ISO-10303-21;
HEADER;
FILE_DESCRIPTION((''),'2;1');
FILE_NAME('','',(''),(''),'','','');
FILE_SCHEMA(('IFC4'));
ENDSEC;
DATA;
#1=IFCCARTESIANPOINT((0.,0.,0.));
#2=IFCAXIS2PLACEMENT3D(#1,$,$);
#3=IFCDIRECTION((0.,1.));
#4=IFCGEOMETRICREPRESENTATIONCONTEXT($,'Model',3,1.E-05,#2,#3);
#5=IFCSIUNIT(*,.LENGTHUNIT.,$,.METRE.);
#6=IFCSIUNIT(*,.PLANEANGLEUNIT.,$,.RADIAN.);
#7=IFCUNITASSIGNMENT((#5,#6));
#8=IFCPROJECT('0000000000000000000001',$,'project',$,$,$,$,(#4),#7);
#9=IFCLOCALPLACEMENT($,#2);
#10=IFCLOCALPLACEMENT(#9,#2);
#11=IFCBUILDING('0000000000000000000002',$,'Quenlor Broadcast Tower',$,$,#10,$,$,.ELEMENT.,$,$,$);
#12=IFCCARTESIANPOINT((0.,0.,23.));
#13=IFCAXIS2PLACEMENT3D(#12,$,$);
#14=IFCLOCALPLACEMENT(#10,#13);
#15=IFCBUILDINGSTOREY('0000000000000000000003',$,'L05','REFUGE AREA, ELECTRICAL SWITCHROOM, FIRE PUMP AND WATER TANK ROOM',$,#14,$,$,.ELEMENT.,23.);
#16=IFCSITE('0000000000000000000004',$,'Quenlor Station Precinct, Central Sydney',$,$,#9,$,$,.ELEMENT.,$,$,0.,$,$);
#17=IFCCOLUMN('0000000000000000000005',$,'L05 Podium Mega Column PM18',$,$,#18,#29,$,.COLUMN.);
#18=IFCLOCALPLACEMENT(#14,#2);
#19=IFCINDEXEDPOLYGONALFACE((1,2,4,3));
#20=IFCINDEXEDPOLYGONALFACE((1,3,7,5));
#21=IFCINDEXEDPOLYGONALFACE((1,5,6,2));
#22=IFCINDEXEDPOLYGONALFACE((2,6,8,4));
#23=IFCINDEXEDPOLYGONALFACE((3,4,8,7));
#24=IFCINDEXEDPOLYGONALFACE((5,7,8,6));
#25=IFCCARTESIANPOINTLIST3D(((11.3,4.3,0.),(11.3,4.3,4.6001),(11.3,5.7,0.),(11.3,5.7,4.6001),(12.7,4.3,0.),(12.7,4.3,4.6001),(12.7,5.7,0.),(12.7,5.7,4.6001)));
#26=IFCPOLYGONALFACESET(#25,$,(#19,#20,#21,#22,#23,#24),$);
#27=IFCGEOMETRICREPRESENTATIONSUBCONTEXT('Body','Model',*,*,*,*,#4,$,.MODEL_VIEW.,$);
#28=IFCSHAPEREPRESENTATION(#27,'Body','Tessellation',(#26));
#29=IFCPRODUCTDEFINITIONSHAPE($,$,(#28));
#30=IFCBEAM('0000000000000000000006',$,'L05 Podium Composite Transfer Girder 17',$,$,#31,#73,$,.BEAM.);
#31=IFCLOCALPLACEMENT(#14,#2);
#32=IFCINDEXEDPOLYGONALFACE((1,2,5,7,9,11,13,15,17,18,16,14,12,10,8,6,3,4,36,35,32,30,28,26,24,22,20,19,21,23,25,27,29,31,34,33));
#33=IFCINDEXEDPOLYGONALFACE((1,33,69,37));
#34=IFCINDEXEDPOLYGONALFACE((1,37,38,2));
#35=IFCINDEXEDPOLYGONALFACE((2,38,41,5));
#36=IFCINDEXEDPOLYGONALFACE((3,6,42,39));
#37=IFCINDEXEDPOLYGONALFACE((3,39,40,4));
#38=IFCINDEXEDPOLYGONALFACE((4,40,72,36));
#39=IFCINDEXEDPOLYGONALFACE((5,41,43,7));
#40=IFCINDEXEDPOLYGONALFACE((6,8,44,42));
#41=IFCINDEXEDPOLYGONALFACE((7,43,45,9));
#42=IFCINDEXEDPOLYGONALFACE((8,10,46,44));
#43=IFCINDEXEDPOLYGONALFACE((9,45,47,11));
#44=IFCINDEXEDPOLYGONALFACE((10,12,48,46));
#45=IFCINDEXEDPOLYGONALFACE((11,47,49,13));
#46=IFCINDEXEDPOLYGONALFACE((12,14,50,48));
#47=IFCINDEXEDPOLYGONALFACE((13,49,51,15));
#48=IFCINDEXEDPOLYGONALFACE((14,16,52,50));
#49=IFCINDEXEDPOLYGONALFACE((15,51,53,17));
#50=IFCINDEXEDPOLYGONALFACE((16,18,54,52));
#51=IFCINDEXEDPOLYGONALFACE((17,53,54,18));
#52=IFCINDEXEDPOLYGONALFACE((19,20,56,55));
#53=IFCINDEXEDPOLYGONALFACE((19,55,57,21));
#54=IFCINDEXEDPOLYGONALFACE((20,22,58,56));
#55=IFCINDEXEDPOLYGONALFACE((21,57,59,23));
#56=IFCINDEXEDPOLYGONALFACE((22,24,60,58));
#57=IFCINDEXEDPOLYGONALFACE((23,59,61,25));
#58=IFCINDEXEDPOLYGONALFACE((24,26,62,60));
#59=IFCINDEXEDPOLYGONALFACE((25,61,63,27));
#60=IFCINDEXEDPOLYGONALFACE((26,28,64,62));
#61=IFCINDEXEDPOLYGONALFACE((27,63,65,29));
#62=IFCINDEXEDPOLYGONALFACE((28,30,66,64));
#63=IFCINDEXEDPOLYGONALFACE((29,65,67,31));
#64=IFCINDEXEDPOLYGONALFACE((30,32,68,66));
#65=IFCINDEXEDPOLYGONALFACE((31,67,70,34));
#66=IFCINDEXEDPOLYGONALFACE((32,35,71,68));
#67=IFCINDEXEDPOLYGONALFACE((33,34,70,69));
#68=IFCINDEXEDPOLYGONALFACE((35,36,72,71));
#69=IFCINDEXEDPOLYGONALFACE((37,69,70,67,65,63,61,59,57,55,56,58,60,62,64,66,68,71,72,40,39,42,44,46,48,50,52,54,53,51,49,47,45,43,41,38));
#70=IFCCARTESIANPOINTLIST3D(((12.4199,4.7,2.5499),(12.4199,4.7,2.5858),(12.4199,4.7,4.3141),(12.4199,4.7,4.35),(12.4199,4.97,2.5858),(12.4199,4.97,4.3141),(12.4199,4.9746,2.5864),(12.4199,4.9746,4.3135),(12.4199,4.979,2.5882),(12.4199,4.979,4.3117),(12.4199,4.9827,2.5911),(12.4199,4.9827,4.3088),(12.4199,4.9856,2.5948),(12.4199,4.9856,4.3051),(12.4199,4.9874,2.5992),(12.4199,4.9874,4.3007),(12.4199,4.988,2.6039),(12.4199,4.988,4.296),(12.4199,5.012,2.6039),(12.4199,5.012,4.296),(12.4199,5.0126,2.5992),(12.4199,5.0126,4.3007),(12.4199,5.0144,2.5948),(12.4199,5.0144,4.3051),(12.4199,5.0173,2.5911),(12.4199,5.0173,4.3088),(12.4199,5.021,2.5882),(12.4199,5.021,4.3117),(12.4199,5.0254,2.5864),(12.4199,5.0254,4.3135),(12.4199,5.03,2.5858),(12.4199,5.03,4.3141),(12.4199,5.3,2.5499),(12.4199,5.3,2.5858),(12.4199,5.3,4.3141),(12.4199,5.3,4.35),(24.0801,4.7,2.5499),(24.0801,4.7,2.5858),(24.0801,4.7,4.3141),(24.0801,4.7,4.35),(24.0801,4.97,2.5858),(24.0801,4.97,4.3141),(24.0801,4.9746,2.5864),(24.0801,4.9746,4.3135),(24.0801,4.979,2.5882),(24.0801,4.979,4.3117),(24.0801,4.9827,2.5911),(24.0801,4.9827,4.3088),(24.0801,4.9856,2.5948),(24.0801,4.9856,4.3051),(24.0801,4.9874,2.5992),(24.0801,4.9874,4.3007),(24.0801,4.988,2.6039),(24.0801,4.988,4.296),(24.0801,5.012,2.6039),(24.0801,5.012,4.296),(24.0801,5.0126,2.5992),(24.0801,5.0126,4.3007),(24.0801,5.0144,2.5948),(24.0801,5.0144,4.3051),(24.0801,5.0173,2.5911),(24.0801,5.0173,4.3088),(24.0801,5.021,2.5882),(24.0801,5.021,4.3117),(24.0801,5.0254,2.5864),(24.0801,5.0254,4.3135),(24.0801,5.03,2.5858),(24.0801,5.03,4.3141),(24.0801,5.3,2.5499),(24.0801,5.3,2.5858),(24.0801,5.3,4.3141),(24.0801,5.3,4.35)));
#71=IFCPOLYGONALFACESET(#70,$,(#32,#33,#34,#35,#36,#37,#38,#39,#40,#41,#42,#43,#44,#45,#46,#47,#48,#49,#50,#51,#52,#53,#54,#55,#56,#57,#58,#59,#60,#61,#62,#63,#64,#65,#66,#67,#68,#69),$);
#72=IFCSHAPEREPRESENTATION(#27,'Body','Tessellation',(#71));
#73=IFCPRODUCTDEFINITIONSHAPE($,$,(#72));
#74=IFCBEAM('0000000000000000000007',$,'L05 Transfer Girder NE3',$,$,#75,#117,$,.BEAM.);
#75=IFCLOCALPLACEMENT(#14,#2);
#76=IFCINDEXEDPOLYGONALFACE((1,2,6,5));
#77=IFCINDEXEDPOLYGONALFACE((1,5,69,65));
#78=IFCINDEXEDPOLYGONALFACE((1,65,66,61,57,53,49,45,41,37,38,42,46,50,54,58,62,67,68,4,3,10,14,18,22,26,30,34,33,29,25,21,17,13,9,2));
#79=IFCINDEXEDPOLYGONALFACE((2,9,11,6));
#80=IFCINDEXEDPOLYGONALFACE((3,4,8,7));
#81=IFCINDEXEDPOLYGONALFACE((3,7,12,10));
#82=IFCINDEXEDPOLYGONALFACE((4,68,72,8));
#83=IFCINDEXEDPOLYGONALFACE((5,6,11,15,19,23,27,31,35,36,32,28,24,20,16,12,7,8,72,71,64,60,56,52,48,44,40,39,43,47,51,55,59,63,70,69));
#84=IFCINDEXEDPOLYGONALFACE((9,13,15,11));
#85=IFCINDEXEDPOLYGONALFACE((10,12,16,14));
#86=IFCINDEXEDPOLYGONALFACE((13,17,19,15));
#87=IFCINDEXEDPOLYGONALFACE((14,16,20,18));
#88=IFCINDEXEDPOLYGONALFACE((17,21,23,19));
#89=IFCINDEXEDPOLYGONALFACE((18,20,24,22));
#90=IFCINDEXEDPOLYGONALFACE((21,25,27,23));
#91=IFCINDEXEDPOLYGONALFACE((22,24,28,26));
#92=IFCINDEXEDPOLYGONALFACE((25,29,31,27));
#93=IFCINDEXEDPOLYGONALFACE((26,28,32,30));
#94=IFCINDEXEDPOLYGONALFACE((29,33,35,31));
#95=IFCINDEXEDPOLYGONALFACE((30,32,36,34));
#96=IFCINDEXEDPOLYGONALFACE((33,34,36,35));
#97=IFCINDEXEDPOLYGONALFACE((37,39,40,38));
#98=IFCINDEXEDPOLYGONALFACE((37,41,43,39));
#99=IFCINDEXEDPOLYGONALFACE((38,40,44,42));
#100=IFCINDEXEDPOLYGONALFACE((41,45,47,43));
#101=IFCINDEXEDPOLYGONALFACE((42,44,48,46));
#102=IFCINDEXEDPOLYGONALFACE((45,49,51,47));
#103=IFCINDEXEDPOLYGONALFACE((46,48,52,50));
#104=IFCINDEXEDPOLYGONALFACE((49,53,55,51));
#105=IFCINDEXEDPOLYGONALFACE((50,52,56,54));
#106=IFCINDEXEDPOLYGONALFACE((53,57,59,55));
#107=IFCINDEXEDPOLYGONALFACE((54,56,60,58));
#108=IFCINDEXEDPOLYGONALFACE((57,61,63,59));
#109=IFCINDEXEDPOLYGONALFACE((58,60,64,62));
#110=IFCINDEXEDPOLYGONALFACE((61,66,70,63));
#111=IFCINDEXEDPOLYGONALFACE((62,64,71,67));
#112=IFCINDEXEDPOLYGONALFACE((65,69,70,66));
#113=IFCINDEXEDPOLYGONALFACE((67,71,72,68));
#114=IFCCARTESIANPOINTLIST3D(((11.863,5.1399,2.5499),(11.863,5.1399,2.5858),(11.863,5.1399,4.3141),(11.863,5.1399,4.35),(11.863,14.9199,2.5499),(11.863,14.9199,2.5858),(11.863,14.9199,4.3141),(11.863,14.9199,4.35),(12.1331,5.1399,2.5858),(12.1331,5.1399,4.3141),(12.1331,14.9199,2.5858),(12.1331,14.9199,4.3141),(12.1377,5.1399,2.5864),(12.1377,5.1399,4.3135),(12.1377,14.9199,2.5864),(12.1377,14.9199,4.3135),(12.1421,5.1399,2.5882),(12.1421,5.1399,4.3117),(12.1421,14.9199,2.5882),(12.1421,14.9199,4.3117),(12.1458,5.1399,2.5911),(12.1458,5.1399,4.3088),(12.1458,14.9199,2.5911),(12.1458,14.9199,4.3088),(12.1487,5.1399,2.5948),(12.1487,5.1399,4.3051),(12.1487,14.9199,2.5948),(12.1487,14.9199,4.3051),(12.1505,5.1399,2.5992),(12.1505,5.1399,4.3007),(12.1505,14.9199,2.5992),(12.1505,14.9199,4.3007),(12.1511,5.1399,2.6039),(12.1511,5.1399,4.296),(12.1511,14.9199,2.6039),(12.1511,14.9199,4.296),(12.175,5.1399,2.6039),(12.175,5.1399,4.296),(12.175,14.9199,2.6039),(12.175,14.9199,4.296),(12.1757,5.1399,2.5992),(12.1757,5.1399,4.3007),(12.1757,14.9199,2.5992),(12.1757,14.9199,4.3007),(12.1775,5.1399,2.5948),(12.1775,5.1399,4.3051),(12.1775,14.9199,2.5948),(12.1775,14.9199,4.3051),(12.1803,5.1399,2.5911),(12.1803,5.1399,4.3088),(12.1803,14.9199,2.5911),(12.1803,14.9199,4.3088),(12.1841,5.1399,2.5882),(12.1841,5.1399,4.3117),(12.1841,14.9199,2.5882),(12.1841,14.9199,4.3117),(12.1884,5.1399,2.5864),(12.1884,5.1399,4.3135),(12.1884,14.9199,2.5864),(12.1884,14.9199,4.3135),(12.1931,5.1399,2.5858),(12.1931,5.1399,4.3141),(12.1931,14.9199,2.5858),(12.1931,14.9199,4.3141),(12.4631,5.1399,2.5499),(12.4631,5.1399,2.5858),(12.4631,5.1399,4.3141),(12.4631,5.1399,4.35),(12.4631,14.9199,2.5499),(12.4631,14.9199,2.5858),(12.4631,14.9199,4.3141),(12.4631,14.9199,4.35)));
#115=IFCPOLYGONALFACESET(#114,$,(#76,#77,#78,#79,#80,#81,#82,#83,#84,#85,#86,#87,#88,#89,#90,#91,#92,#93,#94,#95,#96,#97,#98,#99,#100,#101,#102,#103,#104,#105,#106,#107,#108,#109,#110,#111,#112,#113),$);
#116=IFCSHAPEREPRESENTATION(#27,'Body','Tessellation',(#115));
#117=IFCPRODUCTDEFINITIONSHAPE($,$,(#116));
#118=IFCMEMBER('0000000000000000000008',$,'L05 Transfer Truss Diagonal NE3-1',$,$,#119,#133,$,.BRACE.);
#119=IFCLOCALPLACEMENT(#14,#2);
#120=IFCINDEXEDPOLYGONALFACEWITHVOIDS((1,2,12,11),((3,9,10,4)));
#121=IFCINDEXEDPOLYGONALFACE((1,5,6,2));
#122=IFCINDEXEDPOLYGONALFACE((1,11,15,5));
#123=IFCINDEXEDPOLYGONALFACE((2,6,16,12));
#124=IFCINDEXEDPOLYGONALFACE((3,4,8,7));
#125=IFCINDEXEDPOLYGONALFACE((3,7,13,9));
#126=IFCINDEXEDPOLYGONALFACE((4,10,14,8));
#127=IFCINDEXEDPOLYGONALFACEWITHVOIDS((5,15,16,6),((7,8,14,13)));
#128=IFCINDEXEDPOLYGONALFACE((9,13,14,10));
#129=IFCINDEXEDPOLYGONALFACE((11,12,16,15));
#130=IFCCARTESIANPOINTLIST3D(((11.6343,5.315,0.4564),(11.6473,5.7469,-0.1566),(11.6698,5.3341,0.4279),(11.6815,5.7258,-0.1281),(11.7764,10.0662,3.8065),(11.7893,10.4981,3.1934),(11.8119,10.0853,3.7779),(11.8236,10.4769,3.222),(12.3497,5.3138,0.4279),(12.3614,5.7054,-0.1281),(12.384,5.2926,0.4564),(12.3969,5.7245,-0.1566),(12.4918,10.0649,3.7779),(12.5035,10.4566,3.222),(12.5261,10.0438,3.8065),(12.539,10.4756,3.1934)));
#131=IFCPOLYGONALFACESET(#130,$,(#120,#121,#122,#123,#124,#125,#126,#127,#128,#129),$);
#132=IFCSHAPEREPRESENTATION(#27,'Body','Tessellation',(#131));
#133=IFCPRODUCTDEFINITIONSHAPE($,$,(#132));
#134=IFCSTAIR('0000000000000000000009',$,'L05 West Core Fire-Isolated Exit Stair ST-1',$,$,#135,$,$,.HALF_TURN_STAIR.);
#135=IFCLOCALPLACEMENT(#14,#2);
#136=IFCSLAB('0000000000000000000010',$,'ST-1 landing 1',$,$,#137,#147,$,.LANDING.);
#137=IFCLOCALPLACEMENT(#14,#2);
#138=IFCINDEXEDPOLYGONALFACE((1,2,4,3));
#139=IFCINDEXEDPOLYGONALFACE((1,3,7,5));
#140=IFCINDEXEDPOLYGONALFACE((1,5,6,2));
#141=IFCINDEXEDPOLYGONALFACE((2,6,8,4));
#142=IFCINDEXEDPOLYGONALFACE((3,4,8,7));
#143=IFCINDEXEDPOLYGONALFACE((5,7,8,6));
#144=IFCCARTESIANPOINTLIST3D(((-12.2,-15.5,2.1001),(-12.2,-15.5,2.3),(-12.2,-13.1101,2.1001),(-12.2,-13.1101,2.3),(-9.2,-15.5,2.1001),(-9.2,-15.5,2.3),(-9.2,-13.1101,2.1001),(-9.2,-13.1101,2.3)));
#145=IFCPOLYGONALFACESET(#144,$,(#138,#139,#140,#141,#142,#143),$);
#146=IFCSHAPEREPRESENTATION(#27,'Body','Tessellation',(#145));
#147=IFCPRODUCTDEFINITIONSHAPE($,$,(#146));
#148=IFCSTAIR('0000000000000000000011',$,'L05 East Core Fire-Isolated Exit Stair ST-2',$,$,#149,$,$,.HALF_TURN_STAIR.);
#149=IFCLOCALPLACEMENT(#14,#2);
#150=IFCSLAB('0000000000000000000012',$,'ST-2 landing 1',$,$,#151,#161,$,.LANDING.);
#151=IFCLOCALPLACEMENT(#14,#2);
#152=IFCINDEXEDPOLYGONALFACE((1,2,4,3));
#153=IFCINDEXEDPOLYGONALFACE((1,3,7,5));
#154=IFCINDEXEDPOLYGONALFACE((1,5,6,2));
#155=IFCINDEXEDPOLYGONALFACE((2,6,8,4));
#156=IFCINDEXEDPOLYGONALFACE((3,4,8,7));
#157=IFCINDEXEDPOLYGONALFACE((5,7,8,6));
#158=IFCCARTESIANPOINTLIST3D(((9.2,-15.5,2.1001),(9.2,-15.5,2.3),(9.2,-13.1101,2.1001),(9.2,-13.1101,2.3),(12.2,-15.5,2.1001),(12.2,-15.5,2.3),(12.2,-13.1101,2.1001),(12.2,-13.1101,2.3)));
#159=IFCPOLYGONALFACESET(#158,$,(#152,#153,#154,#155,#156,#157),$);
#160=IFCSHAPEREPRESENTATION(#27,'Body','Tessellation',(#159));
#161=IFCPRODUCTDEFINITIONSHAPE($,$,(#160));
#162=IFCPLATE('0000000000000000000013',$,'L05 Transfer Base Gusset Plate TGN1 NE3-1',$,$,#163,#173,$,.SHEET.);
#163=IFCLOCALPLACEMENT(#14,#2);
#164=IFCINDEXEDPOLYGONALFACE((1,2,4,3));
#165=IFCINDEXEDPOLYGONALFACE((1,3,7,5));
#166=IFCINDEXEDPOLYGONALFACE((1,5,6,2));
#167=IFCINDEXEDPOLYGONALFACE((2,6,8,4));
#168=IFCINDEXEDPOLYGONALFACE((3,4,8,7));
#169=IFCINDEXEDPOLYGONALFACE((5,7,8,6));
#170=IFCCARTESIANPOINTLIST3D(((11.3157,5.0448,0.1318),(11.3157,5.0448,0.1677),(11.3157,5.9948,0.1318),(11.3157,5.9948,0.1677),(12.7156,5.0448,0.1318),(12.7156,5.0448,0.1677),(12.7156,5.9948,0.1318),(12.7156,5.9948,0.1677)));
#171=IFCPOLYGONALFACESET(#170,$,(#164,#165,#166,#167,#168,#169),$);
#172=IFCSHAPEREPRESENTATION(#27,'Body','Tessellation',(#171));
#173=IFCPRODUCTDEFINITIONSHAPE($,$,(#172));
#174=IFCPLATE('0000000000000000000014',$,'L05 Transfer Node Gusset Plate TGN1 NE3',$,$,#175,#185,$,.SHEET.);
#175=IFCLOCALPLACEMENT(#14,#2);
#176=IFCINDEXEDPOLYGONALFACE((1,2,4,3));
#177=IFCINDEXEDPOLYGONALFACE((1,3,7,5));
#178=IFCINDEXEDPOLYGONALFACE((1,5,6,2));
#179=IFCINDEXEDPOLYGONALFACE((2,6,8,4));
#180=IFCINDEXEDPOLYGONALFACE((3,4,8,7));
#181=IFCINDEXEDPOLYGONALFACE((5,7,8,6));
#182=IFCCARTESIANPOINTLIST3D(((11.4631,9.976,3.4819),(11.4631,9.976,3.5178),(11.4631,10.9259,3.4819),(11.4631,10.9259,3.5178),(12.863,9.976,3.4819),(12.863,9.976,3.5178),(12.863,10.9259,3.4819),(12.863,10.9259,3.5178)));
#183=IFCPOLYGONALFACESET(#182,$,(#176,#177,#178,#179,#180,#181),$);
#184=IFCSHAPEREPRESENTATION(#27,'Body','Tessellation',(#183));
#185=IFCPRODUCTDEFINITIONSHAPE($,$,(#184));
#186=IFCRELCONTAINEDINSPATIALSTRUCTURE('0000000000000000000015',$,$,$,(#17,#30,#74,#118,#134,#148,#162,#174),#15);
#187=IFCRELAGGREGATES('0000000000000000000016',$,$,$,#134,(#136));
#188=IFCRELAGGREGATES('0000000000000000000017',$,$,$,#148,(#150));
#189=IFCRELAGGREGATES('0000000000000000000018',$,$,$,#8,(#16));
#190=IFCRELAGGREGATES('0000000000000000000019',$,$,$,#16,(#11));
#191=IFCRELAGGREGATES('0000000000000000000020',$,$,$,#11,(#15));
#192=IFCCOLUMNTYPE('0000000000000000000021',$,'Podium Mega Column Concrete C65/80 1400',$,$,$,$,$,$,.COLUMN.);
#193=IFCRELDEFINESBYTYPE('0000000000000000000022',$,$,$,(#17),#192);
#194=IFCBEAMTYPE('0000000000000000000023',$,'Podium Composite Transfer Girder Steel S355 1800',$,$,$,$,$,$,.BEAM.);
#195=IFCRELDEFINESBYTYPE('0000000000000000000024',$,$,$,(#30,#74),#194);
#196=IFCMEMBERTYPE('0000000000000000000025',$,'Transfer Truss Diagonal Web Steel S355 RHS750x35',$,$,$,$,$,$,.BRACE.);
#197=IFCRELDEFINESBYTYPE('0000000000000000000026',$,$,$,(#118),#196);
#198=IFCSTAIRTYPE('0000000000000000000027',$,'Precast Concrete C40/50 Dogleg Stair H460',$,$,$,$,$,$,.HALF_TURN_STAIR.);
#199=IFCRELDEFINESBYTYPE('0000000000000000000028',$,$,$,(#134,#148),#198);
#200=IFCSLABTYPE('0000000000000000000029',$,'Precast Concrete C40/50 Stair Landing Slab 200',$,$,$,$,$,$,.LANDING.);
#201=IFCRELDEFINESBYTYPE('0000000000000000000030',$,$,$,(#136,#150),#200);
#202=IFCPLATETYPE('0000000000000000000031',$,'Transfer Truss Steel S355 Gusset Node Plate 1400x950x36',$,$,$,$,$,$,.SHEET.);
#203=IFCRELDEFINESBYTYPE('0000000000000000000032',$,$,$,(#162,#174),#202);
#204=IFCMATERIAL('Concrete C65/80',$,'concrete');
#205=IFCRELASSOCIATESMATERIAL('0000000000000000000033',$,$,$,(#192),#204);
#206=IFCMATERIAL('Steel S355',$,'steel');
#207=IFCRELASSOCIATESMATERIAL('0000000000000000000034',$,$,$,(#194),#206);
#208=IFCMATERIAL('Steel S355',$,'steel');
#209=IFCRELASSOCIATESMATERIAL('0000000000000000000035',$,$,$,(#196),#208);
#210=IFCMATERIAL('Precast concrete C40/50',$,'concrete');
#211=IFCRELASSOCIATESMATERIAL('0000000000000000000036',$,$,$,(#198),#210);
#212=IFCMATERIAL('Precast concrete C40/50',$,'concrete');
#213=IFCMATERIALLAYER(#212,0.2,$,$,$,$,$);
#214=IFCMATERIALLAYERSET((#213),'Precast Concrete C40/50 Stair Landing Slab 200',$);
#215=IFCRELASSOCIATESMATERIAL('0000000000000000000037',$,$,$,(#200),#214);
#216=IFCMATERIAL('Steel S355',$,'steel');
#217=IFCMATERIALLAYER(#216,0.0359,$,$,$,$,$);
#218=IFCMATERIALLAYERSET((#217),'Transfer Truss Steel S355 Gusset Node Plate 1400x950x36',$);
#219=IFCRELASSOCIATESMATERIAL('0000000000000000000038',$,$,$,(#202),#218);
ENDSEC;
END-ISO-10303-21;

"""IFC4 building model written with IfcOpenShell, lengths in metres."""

from ifc_helpers import new_model, si_unit, direction, frame, origin, origin_2d, place, context, subcontext, project, spatial, polyline, rectangle, hollow_rectangle, i_section, outline, extrude, material, layer, layer_set, material_profile, profile_set, type_object, element, aggregate, save


model = new_model("IFC4")

# Units and contexts
model_context = context("Model", 3, precision=1e-05, world=origin(), true_north=direction((0.0, 1.0)))
body_context = subcontext(model_context, "Body", "Model", "MODEL_VIEW")
ifc_project = project(units=[si_unit("LENGTHUNIT", "METRE"), si_unit("PLANEANGLEUNIT", "RADIAN")], contexts=[model_context])

# Site, building, storey
site_placement = place(None, origin())
site = spatial("IfcSite", under=ifc_project, at=site_placement, Name="Quenlor Station Precinct, Central Sydney", CompositionType="ELEMENT", RefElevation=0.0)
building_placement = place(site_placement, origin())
building = spatial("IfcBuilding", under=site, at=building_placement, Name="Quenlor Broadcast Tower", CompositionType="ELEMENT")
storey_placement = place(building_placement, frame((0.0, 0.0, 23.0)))
storey = spatial("IfcBuildingStorey", under=building, at=storey_placement, Name="L05", Description="REFUGE AREA, ELECTRICAL SWITCHROOM, FIRE PUMP AND WATER TANK ROOM", CompositionType="ELEMENT", Elevation=23.0)

# Column
ifc_material_1 = material(Name="Concrete C65/80", Category="concrete")
ifc_material_profile_1 = material_profile(ifc_material_1, rectangle(XDim=1.3999, YDim=1.3999, at=origin_2d()))
ifc_profile_set_1 = profile_set([ifc_material_profile_1], Name="Concrete C65/80 RC1400x1400")
column_type = type_object("IfcColumnType", Name="Podium Mega Column Concrete C65/80 1400", PredefinedType="COLUMN", material=ifc_profile_set_1)
column_placement = place(storey_placement, frame((12.0, 5.0, 0.0), z_axis=(0.0, 0.0, 1.0), x_axis=(1.0, 0.0, 0.0)))
element("IfcColumn", 1, at=column_placement, inside=storey, type_object=column_type, Name="L05 Podium Mega Column PM18", PredefinedType="COLUMN", context=body_context, shape_type="SweptSolid", body=[
    extrude(rectangle(XDim=1.3999, YDim=1.3999, at=origin_2d()), origin(), (0.0, 0.0, 1.0), 4.6001),
])

# Beams
ifc_material_2 = material(Name="Steel S355", Category="steel")
ifc_material_profile_2 = material_profile(ifc_material_2, i_section(OverallWidth=0.6001, OverallDepth=1.8, WebThickness=0.0239, FlangeThickness=0.0359, FilletRadius=0.0181, at=origin_2d()))
ifc_profile_set_2 = profile_set([ifc_material_profile_2], Name="Steel S355 1800TG620")
beam_type = type_object("IfcBeamType", Name="Podium Composite Transfer Girder Steel S355 1800", PredefinedType="BEAM", material=ifc_profile_set_2)
beam_1_placement = place(storey_placement, frame((12.4199, 5.0, 3.45), z_axis=(1.0, 0.0, 0.0), x_axis=(0.0, 1.0, 0.0)))
element("IfcBeam", 2, at=beam_1_placement, inside=storey, type_object=beam_type, Name="L05 Podium Composite Transfer Girder 17", PredefinedType="BEAM", context=body_context, shape_type="SweptSolid", body=[
    extrude(i_section(OverallWidth=0.6001, OverallDepth=1.8, WebThickness=0.0239, FlangeThickness=0.0359, FilletRadius=0.0181, at=origin_2d()), origin(), (0.0, 0.0, 1.0), 11.6602),
])
beam_2_placement = place(storey_placement, frame((12.1631, 5.1399, 3.45), z_axis=(0.0, 1.0, 0.0), x_axis=(-1.0, 0.0, 0.0)))
element("IfcBeam", 3, at=beam_2_placement, inside=storey, type_object=beam_type, Name="L05 Transfer Girder NE3", PredefinedType="BEAM", context=body_context, shape_type="SweptSolid", body=[
    extrude(i_section(OverallWidth=0.6001, OverallDepth=1.8, WebThickness=0.0239, FlangeThickness=0.0359, FilletRadius=0.0181, at=origin_2d()), origin(), (0.0, 0.0, 1.0), 9.78),
])

# Member
ifc_material_3 = material(Name="Steel S355", Category="steel")
ifc_material_profile_3 = material_profile(ifc_material_3, hollow_rectangle(XDim=0.75, YDim=0.75, WallThickness=0.0349, at=origin_2d()))
ifc_profile_set_3 = profile_set([ifc_material_profile_3], Name="Steel S355 RHS750x750x35")
member_type = type_object("IfcMemberType", Name="Transfer Truss Diagonal Web Steel S355 RHS750x35", PredefinedType="BRACE", material=ifc_profile_set_3)
member_placement = place(storey_placement, frame((12.0156, 5.5198, 0.1499), z_axis=(0.024434, 0.817024, 0.576086), x_axis=(-0.999553, 0.029893, 0.0)))
element("IfcMember", 4, at=member_placement, inside=storey, type_object=member_type, Name="L05 Transfer Truss Diagonal NE3-1", PredefinedType="BRACE", context=body_context, shape_type="SweptSolid", body=[
    extrude(hollow_rectangle(XDim=0.75, YDim=0.75, WallThickness=0.0349, at=origin_2d()), origin(), (0.0, 0.0, 1.0), 5.8152),
])

# Stairs, slabs
ifc_material_4 = material(Name="Precast concrete C40/50", Category="concrete")
stair_type = type_object("IfcStairType", Name="Precast Concrete C40/50 Dogleg Stair H460", PredefinedType="HALF_TURN_STAIR", material=ifc_material_4)
stair_1_placement = place(storey_placement, origin())
stair_1 = element("IfcStair", 5, at=stair_1_placement, inside=storey, type_object=stair_type, Name="L05 West Core Fire-Isolated Exit Stair ST-1", PredefinedType="HALF_TURN_STAIR")
ifc_material_5 = material(Name="Precast concrete C40/50", Category="concrete")
ifc_layer_1 = layer(ifc_material_5, 0.2)
ifc_layer_set_1 = layer_set([ifc_layer_1], Name="Precast Concrete C40/50 Stair Landing Slab 200")
slab_type = type_object("IfcSlabType", Name="Precast Concrete C40/50 Stair Landing Slab 200", PredefinedType="LANDING", material=ifc_layer_set_1)
slab_1_placement = place(storey_placement, frame((0.0, 0.0, 2.1001)))
slab_1 = element("IfcSlab", 6, at=slab_1_placement, type_object=slab_type, Name="ST-1 landing 1", PredefinedType="LANDING", context=body_context, shape_type="SweptSolid", body=[
    extrude(outline(polyline([(-12.2, -13.1101), (-12.2, -15.5), (-9.2, -15.5), (-9.2, -13.1101), (-12.2, -13.1101)])), origin(), (0.0, 0.0, 1.0), 0.2),
])
aggregate(stair_1, [slab_1])
stair_2_placement = place(storey_placement, origin())
stair_2 = element("IfcStair", 7, at=stair_2_placement, inside=storey, type_object=stair_type, Name="L05 East Core Fire-Isolated Exit Stair ST-2", PredefinedType="HALF_TURN_STAIR")
slab_2_placement = place(storey_placement, frame((0.0, 0.0, 2.1001)))
slab_2 = element("IfcSlab", 8, at=slab_2_placement, type_object=slab_type, Name="ST-2 landing 1", PredefinedType="LANDING", context=body_context, shape_type="SweptSolid", body=[
    extrude(outline(polyline([(9.2, -13.1101), (9.2, -15.5), (12.2, -15.5), (12.2, -13.1101), (9.2, -13.1101)])), origin(), (0.0, 0.0, 1.0), 0.2),
])
aggregate(stair_2, [slab_2])

# Plates
ifc_material_6 = material(Name="Steel S355", Category="steel")
ifc_layer_2 = layer(ifc_material_6, 0.0359)
ifc_layer_set_2 = layer_set([ifc_layer_2], Name="Transfer Truss Steel S355 Gusset Node Plate 1400x950x36")
plate_type = type_object("IfcPlateType", Name="Transfer Truss Steel S355 Gusset Node Plate 1400x950x36", PredefinedType="SHEET", material=ifc_layer_set_2)
for number, where, z_axis, x_axis, name in (
    (9, (12.0156, 5.5198, 0.1318), (0.0, 0.0, 1.0), (1.0, 0.0, 0.0), "L05 Transfer Base Gusset Plate TGN1 NE3-1"),
    (10, (12.1631, 10.4509, 3.4819), (0.0, 0.0, 1.0), (1.0, 0.0, 0.0), "L05 Transfer Node Gusset Plate TGN1 NE3"),
):
    element("IfcPlate", number, at=place(storey_placement, frame(where, z_axis=z_axis, x_axis=x_axis)), inside=storey, type_object=plate_type, Name=name, PredefinedType="SHEET", context=body_context, shape_type="SweptSolid", body=[
        extrude(rectangle(XDim=1.3999, YDim=0.95, at=origin_2d()), origin(), (0.0, 0.0, 1.0), 0.0359),
    ])

save(model, "model.ifc")
